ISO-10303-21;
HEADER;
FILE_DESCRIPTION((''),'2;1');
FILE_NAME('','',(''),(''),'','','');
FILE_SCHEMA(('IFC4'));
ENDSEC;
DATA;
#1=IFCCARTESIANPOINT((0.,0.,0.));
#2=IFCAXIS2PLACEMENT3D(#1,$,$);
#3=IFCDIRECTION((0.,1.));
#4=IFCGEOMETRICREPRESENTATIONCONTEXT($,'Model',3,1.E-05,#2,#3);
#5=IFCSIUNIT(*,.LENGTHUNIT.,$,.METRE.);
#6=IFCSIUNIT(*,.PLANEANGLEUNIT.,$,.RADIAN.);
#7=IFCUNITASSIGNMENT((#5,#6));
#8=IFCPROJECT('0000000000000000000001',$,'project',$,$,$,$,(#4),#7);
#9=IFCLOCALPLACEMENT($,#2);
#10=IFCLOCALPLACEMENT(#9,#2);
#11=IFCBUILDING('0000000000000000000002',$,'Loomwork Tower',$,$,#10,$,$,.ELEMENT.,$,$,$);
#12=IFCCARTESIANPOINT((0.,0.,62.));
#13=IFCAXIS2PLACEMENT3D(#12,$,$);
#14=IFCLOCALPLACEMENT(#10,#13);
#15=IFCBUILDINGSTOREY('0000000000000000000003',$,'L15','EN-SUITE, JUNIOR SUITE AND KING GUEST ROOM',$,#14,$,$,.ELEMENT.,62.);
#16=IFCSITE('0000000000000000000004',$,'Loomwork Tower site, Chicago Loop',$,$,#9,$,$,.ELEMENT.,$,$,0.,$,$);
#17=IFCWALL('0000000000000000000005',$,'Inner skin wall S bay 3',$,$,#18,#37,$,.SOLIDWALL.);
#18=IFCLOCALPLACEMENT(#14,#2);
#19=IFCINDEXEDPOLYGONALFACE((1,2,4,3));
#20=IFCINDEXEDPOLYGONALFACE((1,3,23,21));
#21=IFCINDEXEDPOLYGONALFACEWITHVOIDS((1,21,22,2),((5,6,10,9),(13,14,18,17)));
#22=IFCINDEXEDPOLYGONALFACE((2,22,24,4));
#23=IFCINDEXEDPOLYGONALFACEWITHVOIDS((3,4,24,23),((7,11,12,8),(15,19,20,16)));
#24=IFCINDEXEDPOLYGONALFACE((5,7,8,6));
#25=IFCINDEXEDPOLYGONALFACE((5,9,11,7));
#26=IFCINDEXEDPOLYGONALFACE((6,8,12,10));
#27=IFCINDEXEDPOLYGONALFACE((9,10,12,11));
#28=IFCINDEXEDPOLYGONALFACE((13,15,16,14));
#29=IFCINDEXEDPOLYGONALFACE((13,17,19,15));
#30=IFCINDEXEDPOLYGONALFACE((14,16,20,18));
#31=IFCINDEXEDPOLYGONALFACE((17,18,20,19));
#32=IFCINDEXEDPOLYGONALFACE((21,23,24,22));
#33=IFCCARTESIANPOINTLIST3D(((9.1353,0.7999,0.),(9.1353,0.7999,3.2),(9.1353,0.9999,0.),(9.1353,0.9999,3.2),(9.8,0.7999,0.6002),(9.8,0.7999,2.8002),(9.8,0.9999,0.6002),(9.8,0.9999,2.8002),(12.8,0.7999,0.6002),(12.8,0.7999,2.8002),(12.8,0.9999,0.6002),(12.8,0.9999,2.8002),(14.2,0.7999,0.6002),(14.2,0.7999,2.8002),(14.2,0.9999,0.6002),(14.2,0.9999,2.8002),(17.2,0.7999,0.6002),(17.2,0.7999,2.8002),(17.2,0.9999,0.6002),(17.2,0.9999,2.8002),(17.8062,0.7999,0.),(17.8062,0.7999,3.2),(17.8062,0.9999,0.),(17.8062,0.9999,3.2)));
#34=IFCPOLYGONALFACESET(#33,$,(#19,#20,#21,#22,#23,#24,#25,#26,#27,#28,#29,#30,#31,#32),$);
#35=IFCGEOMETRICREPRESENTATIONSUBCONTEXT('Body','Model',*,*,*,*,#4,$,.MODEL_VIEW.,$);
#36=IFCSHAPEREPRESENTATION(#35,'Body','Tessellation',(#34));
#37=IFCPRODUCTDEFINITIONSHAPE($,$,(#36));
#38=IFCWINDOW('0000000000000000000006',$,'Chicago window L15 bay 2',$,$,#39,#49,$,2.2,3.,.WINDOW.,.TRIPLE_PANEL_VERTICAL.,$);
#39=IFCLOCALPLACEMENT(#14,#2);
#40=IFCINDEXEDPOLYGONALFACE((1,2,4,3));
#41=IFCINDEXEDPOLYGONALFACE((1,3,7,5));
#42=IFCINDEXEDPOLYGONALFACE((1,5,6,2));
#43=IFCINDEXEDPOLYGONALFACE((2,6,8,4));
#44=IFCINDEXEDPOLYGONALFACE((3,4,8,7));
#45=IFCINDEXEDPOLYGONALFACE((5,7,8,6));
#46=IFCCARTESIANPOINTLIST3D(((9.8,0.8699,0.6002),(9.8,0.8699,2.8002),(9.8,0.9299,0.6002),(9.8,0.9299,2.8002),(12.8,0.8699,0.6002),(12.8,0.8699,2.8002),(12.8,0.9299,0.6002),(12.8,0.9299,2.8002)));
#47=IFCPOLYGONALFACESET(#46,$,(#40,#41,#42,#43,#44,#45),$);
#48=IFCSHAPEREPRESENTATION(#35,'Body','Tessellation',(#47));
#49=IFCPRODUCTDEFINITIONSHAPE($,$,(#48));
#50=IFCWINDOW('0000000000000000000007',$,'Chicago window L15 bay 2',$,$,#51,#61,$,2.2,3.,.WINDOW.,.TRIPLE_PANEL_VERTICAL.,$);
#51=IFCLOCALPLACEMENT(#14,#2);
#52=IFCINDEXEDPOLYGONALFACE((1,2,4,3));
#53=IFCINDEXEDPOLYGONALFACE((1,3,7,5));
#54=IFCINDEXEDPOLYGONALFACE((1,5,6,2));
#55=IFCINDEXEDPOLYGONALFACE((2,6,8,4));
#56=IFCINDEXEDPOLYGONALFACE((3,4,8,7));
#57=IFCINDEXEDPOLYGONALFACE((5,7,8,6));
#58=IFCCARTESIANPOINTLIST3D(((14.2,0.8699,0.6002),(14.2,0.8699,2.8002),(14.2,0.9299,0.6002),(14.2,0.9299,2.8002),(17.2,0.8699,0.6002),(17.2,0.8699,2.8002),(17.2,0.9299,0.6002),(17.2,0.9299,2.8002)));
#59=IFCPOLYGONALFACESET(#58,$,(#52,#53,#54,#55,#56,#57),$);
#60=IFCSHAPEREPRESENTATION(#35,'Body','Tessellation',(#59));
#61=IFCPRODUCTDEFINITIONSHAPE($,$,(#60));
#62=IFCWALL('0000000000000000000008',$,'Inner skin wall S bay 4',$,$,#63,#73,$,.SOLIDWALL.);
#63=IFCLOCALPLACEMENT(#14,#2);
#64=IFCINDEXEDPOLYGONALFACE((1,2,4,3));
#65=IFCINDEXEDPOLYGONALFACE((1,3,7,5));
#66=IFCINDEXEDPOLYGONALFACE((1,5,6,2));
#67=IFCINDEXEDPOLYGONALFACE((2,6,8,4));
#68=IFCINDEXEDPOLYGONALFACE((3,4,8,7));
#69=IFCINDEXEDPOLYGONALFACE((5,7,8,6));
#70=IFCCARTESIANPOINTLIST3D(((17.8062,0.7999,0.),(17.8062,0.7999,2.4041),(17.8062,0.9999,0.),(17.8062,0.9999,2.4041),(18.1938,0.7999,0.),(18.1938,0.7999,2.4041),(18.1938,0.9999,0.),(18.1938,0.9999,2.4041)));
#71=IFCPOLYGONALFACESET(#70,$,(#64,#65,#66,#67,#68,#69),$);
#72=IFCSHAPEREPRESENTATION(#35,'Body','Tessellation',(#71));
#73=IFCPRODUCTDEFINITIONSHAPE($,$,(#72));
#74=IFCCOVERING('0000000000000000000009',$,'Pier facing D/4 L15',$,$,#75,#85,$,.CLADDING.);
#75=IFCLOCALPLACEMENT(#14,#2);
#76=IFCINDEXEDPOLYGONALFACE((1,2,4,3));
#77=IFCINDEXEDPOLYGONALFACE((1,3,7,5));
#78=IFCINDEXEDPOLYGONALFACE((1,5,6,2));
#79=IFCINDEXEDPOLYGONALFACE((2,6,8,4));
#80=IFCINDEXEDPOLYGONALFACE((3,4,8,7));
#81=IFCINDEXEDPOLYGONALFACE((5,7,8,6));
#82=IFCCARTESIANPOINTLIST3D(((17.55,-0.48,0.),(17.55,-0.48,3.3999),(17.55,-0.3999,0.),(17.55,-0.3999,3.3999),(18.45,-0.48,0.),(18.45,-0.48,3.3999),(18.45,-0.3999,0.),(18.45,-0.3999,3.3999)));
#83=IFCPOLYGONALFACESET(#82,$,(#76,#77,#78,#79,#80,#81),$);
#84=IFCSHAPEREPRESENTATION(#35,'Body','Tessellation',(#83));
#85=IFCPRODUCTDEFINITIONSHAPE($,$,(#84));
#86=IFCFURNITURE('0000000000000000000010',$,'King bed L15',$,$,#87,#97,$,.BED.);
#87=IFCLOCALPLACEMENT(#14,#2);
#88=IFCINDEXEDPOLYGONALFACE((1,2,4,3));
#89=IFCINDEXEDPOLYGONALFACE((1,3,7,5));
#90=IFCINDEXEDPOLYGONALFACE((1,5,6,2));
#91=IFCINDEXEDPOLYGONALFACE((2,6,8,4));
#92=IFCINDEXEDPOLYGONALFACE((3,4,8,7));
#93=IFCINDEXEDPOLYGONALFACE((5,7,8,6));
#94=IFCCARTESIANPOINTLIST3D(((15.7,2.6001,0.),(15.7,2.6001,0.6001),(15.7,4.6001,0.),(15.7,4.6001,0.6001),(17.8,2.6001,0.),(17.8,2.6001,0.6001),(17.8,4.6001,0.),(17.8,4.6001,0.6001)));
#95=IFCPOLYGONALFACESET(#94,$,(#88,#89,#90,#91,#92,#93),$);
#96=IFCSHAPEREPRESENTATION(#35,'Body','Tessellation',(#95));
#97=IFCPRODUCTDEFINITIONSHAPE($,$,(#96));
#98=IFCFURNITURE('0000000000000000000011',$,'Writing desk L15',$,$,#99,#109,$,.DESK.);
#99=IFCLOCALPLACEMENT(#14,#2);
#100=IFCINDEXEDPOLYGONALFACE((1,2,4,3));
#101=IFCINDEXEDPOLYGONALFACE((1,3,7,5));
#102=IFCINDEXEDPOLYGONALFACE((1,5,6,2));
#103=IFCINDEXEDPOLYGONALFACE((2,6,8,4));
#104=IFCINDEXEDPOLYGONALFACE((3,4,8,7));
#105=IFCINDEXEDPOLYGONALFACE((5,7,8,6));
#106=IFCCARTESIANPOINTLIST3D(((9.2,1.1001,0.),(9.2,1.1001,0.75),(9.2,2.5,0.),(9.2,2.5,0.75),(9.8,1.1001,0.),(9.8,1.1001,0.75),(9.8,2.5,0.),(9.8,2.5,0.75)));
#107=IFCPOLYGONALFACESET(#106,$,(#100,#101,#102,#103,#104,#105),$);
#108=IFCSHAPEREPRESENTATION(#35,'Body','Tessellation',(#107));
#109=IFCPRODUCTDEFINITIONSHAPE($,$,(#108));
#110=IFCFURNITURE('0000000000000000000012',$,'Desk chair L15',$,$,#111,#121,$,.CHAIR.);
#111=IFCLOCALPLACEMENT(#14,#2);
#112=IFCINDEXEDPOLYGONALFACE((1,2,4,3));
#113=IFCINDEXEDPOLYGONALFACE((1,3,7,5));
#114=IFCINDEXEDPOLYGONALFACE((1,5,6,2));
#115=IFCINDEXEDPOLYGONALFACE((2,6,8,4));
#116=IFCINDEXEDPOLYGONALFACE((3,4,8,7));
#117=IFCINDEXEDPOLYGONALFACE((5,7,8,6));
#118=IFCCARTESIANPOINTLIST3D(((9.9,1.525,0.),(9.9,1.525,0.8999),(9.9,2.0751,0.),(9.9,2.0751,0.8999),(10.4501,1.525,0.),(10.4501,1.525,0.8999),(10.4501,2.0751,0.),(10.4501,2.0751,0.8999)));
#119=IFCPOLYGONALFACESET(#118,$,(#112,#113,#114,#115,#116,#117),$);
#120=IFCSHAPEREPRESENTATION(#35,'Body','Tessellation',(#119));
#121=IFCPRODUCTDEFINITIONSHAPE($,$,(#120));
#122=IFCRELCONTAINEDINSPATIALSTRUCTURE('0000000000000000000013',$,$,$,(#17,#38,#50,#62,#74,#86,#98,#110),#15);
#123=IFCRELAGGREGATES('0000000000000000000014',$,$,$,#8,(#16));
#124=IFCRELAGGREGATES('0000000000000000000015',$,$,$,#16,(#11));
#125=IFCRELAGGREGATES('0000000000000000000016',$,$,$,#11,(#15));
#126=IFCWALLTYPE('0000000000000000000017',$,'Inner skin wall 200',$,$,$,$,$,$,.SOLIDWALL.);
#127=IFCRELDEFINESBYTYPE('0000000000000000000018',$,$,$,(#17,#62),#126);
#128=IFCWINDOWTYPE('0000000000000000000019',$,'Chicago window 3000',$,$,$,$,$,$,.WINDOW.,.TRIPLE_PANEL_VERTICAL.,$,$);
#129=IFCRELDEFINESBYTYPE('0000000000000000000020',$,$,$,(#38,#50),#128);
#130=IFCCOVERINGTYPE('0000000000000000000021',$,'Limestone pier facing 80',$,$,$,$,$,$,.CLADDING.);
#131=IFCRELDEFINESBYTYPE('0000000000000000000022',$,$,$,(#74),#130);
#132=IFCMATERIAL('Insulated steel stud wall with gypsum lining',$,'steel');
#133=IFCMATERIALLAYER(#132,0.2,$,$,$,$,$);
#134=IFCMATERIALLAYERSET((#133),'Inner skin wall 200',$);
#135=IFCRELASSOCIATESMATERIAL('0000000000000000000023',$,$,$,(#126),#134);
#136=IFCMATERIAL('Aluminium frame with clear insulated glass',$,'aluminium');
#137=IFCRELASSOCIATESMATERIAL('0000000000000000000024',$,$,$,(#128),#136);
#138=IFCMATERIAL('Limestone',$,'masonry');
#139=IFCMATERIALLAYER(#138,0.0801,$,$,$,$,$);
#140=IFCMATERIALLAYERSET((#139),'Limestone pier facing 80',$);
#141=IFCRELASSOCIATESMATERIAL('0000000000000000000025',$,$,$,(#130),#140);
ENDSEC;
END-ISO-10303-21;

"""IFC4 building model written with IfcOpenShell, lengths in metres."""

from ifc_helpers import new_model, si_unit, direction, frame, frame_2d, origin, origin_2d, place, context, subcontext, project, spatial, rectangle, extrude, material, layer, layer_set, type_object, element, fill, save


model = new_model("IFC4")

# Units and contexts
model_context = context("Model", 3, precision=1e-05, world=origin(), true_north=direction((0.0, 1.0)))
body_context = subcontext(model_context, "Body", "Model", "MODEL_VIEW")
ifc_project = project(units=[si_unit("LENGTHUNIT", "METRE"), si_unit("PLANEANGLEUNIT", "RADIAN")], contexts=[model_context])

# Site, building, storey
site_placement = place(None, origin())
site = spatial("IfcSite", under=ifc_project, at=site_placement, Name="Loomwork Tower site, Chicago Loop", CompositionType="ELEMENT", RefElevation=0.0)
building_placement = place(site_placement, origin())
building = spatial("IfcBuilding", under=site, at=building_placement, Name="Loomwork Tower", CompositionType="ELEMENT")
storey_placement = place(building_placement, frame((0.0, 0.0, 62.0)))
storey = spatial("IfcBuildingStorey", under=building, at=storey_placement, Name="L15", Description="EN-SUITE, JUNIOR SUITE AND KING GUEST ROOM", CompositionType="ELEMENT", Elevation=62.0)

# Wall, openings, windows
ifc_material_1 = material(Name="Insulated steel stud wall with gypsum lining", Category="steel")
ifc_layer_1 = layer(ifc_material_1, 0.2)
ifc_layer_set_1 = layer_set([ifc_layer_1], Name="Inner skin wall 200")
wall_type = type_object("IfcWallType", Name="Inner skin wall 200", PredefinedType="SOLIDWALL", material=ifc_layer_set_1)
wall_1_placement = place(storey_placement, frame((9.1353, 0.8999, 0.0), z_axis=(0.0, 0.0, 1.0), x_axis=(1.0, 0.0, 0.0)))
wall_1 = element("IfcWall", 1, at=wall_1_placement, inside=storey, type_object=wall_type, Name="Inner skin wall S bay 3", PredefinedType="SOLIDWALL", context=body_context, shape_type="SweptSolid", body=[
    extrude(rectangle(XDim=8.6709, YDim=0.2, at=frame_2d((4.3354, 0.0))), origin(), (0.0, 0.0, 1.0), 3.2),
])
opening_1_placement = place(wall_1_placement, frame((0.6648, 0.0, 0.6001)))
opening_1 = element("IfcOpeningElement", 2, at=opening_1_placement, cuts=wall_1, PredefinedType="OPENING", context=body_context, shape_type="SweptSolid", body=[
    extrude(rectangle(XDim=3.0, YDim=2.2, at=frame_2d((1.5, 1.1001))), frame((0.0, 0.1099, 0.0), z_axis=(0.0, -1.0, 0.0), x_axis=(1.0, 0.0, 0.0)), (0.0, 0.0, 1.0), 0.22),
])
opening_2_placement = place(wall_1_placement, frame((5.0647, 0.0, 0.6001)))
opening_2 = element("IfcOpeningElement", 3, at=opening_2_placement, cuts=wall_1, PredefinedType="OPENING", context=body_context, shape_type="SweptSolid", body=[
    extrude(rectangle(XDim=3.0, YDim=2.2, at=frame_2d((1.5, 1.1001))), frame((0.0, 0.1099, 0.0), z_axis=(0.0, -1.0, 0.0), x_axis=(1.0, 0.0, 0.0)), (0.0, 0.0, 1.0), 0.22),
])
ifc_material_2 = material(Name="Aluminium frame with clear insulated glass", Category="aluminium")
window_type = type_object("IfcWindowType", Name="Chicago window 3000", PartitioningType="TRIPLE_PANEL_VERTICAL", PredefinedType="WINDOW", material=ifc_material_2)
window_1_placement = place(opening_1_placement, origin())
window_1 = element("IfcWindow", 4, at=window_1_placement, inside=storey, type_object=window_type, Name="Chicago window L15 bay 2", OverallHeight=2.2, OverallWidth=3.0, PartitioningType="TRIPLE_PANEL_VERTICAL", PredefinedType="WINDOW", context=body_context, shape_type="SweptSolid", body=[
    extrude(rectangle(XDim=3.0, YDim=2.2, at=frame_2d((1.5, 1.1001))), frame((0.0, 0.03, 0.0), z_axis=(0.0, -1.0, 0.0), x_axis=(1.0, 0.0, 0.0)), (0.0, 0.0, 1.0), 0.0601),
])
fill(opening_1, window_1)
window_2_placement = place(opening_2_placement, origin())
window_2 = element("IfcWindow", 5, at=window_2_placement, inside=storey, type_object=window_type, Name="Chicago window L15 bay 2", OverallHeight=2.2, OverallWidth=3.0, PartitioningType="TRIPLE_PANEL_VERTICAL", PredefinedType="WINDOW", context=body_context, shape_type="SweptSolid", body=[
    extrude(rectangle(XDim=3.0, YDim=2.2, at=frame_2d((1.5, 1.1001))), frame((0.0, 0.03, 0.0), z_axis=(0.0, -1.0, 0.0), x_axis=(1.0, 0.0, 0.0)), (0.0, 0.0, 1.0), 0.0601),
])
fill(opening_2, window_2)

# Wall
wall_2_placement = place(storey_placement, frame((17.8062, 0.8999, 0.0), z_axis=(0.0, 0.0, 1.0), x_axis=(1.0, 0.0, 0.0)))
element("IfcWall", 6, at=wall_2_placement, inside=storey, type_object=wall_type, Name="Inner skin wall S bay 4", PredefinedType="SOLIDWALL", context=body_context, shape_type="SweptSolid", body=[
    extrude(rectangle(XDim=0.3877, YDim=0.2, at=frame_2d((0.1938, 0.0))), origin(), (0.0, 0.0, 1.0), 2.4041),
])

# Covering
ifc_material_3 = material(Name="Limestone", Category="masonry")
ifc_layer_2 = layer(ifc_material_3, 0.0801)
ifc_layer_set_2 = layer_set([ifc_layer_2], Name="Limestone pier facing 80")
covering_type = type_object("IfcCoveringType", Name="Limestone pier facing 80", PredefinedType="CLADDING", material=ifc_layer_set_2)
covering_placement = place(storey_placement, frame((18.0, -0.4399, 0.0), z_axis=(0.0, 0.0, 1.0), x_axis=(1.0, 0.0, 0.0)))
element("IfcCovering", 7, at=covering_placement, inside=storey, type_object=covering_type, Name="Pier facing D/4 L15", PredefinedType="CLADDING", context=body_context, shape_type="SweptSolid", body=[
    extrude(rectangle(XDim=0.8999, YDim=0.0801, at=origin_2d()), origin(), (0.0, 0.0, 1.0), 3.3999),
])

# Furniture
furniture_1_placement = place(storey_placement, frame((16.75, 3.6001, 0.0), z_axis=(0.0, 0.0, 1.0), x_axis=(1.0, 0.0, 0.0)))
element("IfcFurniture", 8, at=furniture_1_placement, inside=storey, Name="King bed L15", PredefinedType="BED", context=body_context, shape_type="SweptSolid", body=[
    extrude(rectangle(XDim=2.1001, YDim=2.0, at=origin_2d()), origin(), (0.0, 0.0, 1.0), 0.6001),
])
furniture_2_placement = place(storey_placement, frame((9.5, 1.8, 0.0), z_axis=(0.0, 0.0, 1.0), x_axis=(1.0, 0.0, 0.0)))
element("IfcFurniture", 9, at=furniture_2_placement, inside=storey, Name="Writing desk L15", PredefinedType="DESK", context=body_context, shape_type="SweptSolid", body=[
    extrude(rectangle(XDim=0.6001, YDim=1.3999, at=origin_2d()), origin(), (0.0, 0.0, 1.0), 0.75),
])
furniture_3_placement = place(storey_placement, frame((10.175, 1.8, 0.0), z_axis=(0.0, 0.0, 1.0), x_axis=(1.0, 0.0, 0.0)))
element("IfcFurniture", 10, at=furniture_3_placement, inside=storey, Name="Desk chair L15", PredefinedType="CHAIR", context=body_context, shape_type="SweptSolid", body=[
    extrude(rectangle(XDim=0.55, YDim=0.55, at=origin_2d()), origin(), (0.0, 0.0, 1.0), 0.8999),
])

save(model, "model.ifc")
